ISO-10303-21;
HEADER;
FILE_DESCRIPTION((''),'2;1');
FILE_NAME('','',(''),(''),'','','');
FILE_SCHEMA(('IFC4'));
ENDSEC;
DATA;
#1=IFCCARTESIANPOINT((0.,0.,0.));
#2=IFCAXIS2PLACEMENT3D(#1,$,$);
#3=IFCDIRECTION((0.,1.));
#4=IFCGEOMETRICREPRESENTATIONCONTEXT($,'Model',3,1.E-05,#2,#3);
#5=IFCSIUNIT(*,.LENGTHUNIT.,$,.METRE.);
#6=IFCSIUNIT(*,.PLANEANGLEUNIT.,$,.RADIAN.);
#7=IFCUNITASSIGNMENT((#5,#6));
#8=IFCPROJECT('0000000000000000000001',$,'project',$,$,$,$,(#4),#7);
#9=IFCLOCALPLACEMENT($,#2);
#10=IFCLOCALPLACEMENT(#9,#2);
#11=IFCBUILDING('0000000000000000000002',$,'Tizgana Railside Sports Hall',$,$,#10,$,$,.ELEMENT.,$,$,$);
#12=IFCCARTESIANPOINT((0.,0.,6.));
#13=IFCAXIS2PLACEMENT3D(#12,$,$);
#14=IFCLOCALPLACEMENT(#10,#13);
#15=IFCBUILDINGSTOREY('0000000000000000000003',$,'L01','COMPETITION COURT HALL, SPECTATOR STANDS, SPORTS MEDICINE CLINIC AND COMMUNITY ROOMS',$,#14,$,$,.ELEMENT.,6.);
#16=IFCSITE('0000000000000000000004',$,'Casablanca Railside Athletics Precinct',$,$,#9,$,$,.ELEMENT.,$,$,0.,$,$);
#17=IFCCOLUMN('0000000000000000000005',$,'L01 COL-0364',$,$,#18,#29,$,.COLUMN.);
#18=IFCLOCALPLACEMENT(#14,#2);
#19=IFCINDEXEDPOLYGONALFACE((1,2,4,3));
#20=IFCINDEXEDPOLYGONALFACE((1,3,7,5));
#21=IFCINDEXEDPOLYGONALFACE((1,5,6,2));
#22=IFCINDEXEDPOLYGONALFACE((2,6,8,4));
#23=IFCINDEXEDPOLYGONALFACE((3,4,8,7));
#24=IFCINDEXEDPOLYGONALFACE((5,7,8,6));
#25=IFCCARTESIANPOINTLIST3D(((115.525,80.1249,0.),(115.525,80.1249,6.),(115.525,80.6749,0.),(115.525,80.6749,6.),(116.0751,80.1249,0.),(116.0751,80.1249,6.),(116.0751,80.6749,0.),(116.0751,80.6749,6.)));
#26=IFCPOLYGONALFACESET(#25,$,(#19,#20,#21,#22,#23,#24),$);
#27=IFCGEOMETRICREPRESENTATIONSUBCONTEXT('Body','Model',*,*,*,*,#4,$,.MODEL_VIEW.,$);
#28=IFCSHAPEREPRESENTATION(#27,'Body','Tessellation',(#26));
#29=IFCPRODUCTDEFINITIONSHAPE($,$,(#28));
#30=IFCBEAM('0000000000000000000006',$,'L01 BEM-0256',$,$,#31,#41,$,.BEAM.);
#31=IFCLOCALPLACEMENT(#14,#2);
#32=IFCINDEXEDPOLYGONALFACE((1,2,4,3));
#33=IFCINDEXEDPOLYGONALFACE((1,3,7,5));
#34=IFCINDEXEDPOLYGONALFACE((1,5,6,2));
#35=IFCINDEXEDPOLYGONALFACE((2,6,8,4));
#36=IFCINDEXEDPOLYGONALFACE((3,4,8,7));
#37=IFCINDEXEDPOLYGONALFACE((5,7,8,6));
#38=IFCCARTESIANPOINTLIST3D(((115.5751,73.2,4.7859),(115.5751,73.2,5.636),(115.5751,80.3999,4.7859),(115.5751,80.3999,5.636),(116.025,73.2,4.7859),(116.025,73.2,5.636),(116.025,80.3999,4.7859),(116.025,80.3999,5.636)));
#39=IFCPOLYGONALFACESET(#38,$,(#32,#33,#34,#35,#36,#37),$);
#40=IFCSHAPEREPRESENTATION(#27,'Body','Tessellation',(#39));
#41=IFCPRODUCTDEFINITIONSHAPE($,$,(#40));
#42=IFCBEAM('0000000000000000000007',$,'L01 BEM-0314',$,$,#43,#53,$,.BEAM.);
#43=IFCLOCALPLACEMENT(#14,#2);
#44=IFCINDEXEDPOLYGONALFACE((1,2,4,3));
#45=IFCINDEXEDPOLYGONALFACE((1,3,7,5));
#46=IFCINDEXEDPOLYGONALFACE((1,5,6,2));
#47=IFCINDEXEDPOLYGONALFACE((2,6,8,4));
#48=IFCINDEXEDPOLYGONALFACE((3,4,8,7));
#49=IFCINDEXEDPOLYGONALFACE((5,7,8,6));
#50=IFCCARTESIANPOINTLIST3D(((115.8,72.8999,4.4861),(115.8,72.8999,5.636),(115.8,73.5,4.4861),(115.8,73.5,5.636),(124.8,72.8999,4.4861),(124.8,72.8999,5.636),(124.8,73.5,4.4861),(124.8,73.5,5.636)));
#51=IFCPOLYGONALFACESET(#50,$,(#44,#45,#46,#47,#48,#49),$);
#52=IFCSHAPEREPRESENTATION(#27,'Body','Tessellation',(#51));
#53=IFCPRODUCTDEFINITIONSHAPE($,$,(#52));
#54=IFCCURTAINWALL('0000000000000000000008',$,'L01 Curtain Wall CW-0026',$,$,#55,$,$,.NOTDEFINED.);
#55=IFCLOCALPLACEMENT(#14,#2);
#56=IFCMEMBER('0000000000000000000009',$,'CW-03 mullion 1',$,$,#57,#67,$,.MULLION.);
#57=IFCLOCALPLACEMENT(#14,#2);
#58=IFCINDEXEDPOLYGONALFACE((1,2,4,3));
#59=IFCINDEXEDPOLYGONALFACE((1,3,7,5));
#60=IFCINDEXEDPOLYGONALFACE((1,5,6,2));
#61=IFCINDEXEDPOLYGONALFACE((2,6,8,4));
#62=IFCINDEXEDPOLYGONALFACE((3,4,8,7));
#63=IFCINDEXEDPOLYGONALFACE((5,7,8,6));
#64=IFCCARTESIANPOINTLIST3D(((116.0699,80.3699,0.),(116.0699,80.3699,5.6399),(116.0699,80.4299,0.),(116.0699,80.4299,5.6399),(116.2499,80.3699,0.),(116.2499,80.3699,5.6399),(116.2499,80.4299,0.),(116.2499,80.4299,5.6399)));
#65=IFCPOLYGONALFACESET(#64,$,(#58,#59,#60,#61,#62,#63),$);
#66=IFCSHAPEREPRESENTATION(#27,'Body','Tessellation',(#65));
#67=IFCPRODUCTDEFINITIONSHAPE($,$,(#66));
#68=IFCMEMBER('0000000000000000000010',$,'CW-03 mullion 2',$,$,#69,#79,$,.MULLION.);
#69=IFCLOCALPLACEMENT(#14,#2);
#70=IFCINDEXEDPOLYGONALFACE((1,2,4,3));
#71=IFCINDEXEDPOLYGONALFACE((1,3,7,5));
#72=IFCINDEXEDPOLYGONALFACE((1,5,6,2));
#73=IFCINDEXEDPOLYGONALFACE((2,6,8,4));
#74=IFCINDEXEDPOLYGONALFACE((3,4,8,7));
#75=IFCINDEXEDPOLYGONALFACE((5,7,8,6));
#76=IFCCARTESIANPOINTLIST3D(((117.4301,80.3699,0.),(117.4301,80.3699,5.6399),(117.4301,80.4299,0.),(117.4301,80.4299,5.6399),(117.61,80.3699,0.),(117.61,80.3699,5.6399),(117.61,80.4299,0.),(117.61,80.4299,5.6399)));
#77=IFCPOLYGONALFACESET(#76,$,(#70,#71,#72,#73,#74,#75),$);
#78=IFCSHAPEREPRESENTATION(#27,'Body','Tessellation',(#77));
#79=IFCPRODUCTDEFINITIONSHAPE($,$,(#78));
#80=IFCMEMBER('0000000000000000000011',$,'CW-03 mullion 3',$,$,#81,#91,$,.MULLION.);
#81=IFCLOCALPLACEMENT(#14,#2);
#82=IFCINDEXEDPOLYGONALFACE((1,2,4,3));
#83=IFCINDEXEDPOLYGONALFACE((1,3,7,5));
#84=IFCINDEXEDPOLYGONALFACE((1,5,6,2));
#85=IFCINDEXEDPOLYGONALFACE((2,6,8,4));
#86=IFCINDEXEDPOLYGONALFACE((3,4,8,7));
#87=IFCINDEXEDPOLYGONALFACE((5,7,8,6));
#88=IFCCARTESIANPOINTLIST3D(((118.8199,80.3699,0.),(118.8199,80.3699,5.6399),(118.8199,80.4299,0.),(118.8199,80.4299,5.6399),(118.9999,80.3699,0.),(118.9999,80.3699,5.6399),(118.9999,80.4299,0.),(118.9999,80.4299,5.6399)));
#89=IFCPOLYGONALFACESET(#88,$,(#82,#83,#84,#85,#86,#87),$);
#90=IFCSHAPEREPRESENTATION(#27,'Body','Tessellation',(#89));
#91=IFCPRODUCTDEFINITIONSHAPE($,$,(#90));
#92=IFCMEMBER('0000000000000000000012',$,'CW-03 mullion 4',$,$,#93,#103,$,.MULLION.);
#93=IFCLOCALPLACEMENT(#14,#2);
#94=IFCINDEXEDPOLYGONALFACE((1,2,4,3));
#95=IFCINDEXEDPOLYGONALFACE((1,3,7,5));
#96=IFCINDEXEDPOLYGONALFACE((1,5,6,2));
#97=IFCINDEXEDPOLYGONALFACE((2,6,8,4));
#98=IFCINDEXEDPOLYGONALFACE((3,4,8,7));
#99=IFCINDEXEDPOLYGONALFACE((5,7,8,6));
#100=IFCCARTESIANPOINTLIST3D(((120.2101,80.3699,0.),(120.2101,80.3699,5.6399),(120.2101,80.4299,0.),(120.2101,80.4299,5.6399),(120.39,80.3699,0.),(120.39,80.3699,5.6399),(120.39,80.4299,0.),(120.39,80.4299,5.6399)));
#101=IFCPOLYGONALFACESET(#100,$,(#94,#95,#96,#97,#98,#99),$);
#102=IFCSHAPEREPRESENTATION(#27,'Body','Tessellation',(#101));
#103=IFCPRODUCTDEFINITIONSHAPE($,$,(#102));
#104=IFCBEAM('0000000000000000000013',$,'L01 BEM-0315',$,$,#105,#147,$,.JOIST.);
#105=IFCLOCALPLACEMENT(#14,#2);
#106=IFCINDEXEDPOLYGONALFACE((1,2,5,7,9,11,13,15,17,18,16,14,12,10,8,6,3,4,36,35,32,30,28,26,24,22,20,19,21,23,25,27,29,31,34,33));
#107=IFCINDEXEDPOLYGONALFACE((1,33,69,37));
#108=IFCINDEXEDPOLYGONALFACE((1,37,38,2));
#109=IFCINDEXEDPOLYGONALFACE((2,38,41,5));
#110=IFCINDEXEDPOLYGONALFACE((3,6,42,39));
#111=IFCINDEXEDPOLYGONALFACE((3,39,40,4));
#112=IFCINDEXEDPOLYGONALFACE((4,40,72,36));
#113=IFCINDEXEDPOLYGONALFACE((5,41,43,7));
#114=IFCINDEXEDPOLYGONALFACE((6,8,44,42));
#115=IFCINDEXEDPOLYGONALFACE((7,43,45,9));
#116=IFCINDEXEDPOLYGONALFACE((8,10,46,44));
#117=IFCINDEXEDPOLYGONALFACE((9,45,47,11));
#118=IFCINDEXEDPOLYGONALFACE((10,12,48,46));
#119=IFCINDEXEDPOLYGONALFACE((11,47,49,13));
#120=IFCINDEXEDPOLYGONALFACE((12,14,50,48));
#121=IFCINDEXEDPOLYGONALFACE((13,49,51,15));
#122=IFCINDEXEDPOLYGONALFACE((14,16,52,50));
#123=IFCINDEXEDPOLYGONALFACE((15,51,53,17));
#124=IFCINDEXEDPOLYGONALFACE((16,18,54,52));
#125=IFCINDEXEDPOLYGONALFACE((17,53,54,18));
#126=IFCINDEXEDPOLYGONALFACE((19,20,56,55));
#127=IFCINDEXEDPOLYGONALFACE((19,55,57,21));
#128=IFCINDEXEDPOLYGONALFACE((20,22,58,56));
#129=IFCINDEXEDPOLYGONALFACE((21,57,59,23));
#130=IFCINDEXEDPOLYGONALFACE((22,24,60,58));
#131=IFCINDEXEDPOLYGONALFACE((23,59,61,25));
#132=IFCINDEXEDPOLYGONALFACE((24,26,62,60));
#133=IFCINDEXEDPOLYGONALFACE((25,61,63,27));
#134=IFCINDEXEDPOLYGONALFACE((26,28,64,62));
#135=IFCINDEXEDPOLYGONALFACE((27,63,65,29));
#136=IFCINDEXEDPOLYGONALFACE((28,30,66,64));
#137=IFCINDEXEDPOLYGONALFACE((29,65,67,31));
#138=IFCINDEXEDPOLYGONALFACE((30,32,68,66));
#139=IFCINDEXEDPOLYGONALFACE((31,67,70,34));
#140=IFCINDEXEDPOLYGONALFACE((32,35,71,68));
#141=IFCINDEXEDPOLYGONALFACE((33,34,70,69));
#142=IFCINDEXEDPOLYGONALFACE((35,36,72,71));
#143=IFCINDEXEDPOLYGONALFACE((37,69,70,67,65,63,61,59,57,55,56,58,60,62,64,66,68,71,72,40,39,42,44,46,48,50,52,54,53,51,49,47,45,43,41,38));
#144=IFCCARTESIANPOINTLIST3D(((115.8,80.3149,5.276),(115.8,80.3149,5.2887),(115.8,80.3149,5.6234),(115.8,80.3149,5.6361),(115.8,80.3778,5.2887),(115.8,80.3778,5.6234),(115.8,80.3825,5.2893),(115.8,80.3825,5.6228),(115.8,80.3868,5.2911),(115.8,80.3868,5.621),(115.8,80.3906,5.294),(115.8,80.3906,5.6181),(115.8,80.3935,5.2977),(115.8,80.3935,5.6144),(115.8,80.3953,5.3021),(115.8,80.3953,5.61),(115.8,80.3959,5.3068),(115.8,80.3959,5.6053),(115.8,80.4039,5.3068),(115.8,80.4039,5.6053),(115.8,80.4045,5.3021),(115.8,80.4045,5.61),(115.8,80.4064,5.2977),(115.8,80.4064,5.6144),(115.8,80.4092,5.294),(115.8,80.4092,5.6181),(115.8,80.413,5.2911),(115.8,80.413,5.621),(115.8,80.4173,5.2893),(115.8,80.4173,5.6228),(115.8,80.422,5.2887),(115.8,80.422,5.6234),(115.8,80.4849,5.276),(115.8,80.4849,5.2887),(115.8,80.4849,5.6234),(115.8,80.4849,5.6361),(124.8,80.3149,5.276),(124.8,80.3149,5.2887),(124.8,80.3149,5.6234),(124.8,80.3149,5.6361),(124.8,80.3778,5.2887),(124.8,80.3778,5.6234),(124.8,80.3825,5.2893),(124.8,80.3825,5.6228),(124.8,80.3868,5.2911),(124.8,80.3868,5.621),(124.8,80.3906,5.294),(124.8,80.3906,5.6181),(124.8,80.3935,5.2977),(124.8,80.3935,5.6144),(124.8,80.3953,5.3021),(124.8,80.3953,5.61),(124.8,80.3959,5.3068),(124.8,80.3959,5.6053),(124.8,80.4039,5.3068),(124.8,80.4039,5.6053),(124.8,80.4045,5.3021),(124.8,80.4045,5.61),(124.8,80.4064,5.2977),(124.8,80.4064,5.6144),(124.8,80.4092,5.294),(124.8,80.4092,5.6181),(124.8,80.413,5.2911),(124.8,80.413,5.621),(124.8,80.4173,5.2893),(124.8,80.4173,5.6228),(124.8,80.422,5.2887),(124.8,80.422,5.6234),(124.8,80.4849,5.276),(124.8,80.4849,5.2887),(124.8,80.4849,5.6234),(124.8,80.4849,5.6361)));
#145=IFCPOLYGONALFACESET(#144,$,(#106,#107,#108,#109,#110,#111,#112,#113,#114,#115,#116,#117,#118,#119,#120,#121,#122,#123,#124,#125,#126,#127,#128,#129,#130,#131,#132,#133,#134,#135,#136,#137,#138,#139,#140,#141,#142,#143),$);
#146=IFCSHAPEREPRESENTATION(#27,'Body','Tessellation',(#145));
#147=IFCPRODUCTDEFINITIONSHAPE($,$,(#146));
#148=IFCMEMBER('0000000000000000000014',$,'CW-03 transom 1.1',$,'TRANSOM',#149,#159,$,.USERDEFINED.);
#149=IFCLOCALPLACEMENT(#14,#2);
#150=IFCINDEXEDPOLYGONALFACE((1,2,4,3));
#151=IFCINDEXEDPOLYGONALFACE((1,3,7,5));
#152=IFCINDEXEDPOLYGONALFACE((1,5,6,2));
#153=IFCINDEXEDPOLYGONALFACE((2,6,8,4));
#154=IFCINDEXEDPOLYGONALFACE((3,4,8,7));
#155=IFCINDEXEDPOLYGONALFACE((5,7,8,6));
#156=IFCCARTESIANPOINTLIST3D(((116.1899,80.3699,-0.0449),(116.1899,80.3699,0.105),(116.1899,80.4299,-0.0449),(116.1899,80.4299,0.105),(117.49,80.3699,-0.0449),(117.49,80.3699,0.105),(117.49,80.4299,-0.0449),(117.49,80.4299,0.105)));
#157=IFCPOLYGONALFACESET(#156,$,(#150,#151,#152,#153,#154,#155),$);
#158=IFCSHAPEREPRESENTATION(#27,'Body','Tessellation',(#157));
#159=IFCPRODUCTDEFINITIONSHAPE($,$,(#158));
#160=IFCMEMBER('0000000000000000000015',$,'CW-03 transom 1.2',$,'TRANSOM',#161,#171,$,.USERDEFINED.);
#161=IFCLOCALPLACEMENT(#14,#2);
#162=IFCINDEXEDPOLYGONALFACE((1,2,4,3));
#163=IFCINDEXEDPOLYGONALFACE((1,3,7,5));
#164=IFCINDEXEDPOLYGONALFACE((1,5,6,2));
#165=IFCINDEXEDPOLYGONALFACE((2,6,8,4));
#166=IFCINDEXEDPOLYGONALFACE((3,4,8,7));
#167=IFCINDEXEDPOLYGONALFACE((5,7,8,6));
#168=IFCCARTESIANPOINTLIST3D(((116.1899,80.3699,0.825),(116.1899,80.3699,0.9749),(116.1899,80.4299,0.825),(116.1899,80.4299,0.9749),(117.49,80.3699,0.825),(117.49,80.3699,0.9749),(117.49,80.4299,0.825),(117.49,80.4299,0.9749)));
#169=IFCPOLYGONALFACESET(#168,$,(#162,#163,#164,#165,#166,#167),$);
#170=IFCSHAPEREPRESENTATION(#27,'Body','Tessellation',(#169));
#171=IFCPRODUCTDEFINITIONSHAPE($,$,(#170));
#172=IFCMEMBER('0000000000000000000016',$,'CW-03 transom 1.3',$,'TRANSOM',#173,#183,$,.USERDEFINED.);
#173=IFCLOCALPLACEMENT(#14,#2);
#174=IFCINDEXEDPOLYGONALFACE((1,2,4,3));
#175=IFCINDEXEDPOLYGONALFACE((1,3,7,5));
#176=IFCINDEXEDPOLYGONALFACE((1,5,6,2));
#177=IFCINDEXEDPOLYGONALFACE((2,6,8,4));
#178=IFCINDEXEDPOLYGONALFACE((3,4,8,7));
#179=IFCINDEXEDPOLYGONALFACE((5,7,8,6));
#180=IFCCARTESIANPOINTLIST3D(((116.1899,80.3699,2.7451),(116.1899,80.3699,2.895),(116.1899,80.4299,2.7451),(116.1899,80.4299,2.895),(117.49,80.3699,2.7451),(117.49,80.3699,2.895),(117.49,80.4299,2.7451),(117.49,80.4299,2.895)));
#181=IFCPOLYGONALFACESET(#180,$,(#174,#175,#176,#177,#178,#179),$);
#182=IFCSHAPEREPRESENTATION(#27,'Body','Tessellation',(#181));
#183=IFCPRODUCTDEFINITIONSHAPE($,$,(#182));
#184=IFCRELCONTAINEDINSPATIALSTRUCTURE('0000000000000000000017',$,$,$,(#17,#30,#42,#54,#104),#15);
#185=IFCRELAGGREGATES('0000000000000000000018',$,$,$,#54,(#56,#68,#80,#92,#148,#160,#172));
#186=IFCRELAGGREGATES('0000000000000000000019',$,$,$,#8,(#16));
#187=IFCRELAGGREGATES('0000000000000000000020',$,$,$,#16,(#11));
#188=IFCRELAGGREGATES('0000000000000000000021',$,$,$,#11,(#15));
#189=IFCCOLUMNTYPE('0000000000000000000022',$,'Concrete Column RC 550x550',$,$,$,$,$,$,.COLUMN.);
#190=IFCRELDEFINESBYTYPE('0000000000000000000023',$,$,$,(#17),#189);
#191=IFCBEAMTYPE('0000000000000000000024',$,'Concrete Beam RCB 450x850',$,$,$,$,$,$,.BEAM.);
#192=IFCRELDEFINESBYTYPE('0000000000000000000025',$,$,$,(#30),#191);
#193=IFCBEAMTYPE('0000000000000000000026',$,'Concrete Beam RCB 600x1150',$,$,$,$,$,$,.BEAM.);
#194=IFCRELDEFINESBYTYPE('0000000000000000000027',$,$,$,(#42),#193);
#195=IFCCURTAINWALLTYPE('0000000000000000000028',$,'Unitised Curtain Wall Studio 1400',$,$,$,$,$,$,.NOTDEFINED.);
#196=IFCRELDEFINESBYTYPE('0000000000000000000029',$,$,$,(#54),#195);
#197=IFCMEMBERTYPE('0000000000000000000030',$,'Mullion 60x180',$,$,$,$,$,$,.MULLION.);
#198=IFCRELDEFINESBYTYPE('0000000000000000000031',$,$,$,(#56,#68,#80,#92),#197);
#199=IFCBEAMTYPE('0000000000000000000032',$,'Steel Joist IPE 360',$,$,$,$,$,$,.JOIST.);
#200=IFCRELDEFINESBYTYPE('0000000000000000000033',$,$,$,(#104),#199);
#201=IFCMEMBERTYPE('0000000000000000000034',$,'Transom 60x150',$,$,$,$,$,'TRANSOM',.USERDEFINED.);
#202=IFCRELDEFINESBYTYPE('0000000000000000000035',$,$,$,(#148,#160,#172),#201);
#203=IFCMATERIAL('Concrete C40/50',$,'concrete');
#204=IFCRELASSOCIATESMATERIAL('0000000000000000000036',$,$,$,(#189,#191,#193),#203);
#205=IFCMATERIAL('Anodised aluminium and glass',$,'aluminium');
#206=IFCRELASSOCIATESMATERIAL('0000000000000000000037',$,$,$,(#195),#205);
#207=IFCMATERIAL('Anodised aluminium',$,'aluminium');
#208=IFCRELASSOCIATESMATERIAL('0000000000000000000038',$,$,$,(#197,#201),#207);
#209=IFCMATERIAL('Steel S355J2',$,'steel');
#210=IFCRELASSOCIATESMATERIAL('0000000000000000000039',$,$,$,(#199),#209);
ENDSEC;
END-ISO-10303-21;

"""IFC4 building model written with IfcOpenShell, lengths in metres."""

from ifc_helpers import new_model, si_unit, direction, frame, origin, origin_2d, place, context, subcontext, project, spatial, rectangle, i_section, extrude, material, material_profile, profile_set, type_object, element, aggregate, save


model = new_model("IFC4")

# Units and contexts
model_context = context("Model", 3, precision=1e-05, world=origin(), true_north=direction((0.0, 1.0)))
body_context = subcontext(model_context, "Body", "Model", "MODEL_VIEW")
ifc_project = project(units=[si_unit("LENGTHUNIT", "METRE"), si_unit("PLANEANGLEUNIT", "RADIAN")], contexts=[model_context])

# Site, building, storey
site_placement = place(None, origin())
site = spatial("IfcSite", under=ifc_project, at=site_placement, Name="Casablanca Railside Athletics Precinct", CompositionType="ELEMENT", RefElevation=0.0)
building_placement = place(site_placement, origin())
building = spatial("IfcBuilding", under=site, at=building_placement, Name="Tizgana Railside Sports Hall", CompositionType="ELEMENT")
storey_placement = place(building_placement, frame((0.0, 0.0, 6.0)))
storey = spatial("IfcBuildingStorey", under=building, at=storey_placement, Name="L01", Description="COMPETITION COURT HALL, SPECTATOR STANDS, SPORTS MEDICINE CLINIC AND COMMUNITY ROOMS", CompositionType="ELEMENT", Elevation=6.0)

# Column
ifc_material_1 = material(Name="Concrete C40/50", Category="concrete")
ifc_material_profile_1 = material_profile(ifc_material_1, rectangle(XDim=0.55, YDim=0.55, at=origin_2d()), Name="RC 550x550")
ifc_profile_set_1 = profile_set([ifc_material_profile_1], Name="Concrete C40/50")
column_type = type_object("IfcColumnType", Name="Concrete Column RC 550x550", PredefinedType="COLUMN", material=ifc_profile_set_1)
column_placement = place(storey_placement, frame((115.8, 80.3999, 0.0), z_axis=(0.0, 0.0, 1.0), x_axis=(1.0, 0.0, 0.0)))
element("IfcColumn", 1, at=column_placement, inside=storey, type_object=column_type, Name="L01 COL-0364", PredefinedType="COLUMN", context=body_context, shape_type="SweptSolid", body=[
    extrude(rectangle(XDim=0.55, YDim=0.55, at=origin_2d()), origin(), (0.0, 0.0, 1.0), 6.0),
])

# Beams
ifc_material_profile_2 = material_profile(ifc_material_1, rectangle(XDim=0.45, YDim=0.8501, at=origin_2d()), Name="RCB 450x850")
ifc_profile_set_2 = profile_set([ifc_material_profile_2], Name="Concrete C40/50")
beam_type_1 = type_object("IfcBeamType", Name="Concrete Beam RCB 450x850", PredefinedType="BEAM", material=ifc_profile_set_2)
beam_1_placement = place(storey_placement, frame((115.8, 73.2, 5.2109), z_axis=(0.0, 1.0, 0.0), x_axis=(-1.0, 0.0, 0.0)))
element("IfcBeam", 2, at=beam_1_placement, inside=storey, type_object=beam_type_1, Name="L01 BEM-0256", PredefinedType="BEAM", context=body_context, shape_type="SweptSolid", body=[
    extrude(rectangle(XDim=0.45, YDim=0.8501, at=origin_2d()), origin(), (0.0, 0.0, 1.0), 7.2),
])
ifc_material_profile_3 = material_profile(ifc_material_1, rectangle(XDim=0.6001, YDim=1.1499, at=origin_2d()), Name="RCB 600x1150")
ifc_profile_set_3 = profile_set([ifc_material_profile_3], Name="Concrete C40/50")
beam_type_2 = type_object("IfcBeamType", Name="Concrete Beam RCB 600x1150", PredefinedType="BEAM", material=ifc_profile_set_3)
beam_2_placement = place(storey_placement, frame((115.8, 73.2, 5.061), z_axis=(1.0, 0.0, 0.0), x_axis=(0.0, 1.0, 0.0)))
element("IfcBeam", 3, at=beam_2_placement, inside=storey, type_object=beam_type_2, Name="L01 BEM-0314", PredefinedType="BEAM", context=body_context, shape_type="SweptSolid", body=[
    extrude(rectangle(XDim=0.6001, YDim=1.1499, at=origin_2d()), origin(), (0.0, 0.0, 1.0), 9.0),
])

# Curtain wall, members
ifc_material_2 = material(Name="Anodised aluminium and glass", Category="aluminium")
curtain_wall_type = type_object("IfcCurtainWallType", Name="Unitised Curtain Wall Studio 1400", PredefinedType="NOTDEFINED", material=ifc_material_2)
curtain_wall_placement = place(storey_placement, origin())
curtain_wall = element("IfcCurtainWall", 4, at=curtain_wall_placement, inside=storey, type_object=curtain_wall_type, Name="L01 Curtain Wall CW-0026", PredefinedType="NOTDEFINED")
ifc_material_3 = material(Name="Anodised aluminium", Category="aluminium")
ifc_material_profile_4 = material_profile(ifc_material_3, rectangle(XDim=0.0601, YDim=0.1799, at=origin_2d()), Name="Mullion 60x180")
ifc_profile_set_4 = profile_set([ifc_material_profile_4], Name="Anodised aluminium")
member_type_1 = type_object("IfcMemberType", Name="Mullion 60x180", PredefinedType="MULLION", material=ifc_profile_set_4)
member_1_placement = place(storey_placement, frame((116.1599, 80.3999, 0.0), z_axis=(0.0, 0.0, 1.0), x_axis=(0.0, 1.0, 0.0)))
member_1 = element("IfcMember", 5, at=member_1_placement, type_object=member_type_1, Name="CW-03 mullion 1", PredefinedType="MULLION", context=body_context, shape_type="SweptSolid", body=[
    extrude(rectangle(XDim=0.0601, YDim=0.1799, at=origin_2d()), origin(), (0.0, 0.0, 1.0), 5.6399),
])
member_2_placement = place(storey_placement, frame((117.52, 80.3999, 0.0), z_axis=(0.0, 0.0, 1.0), x_axis=(0.0, 1.0, 0.0)))
member_2 = element("IfcMember", 6, at=member_2_placement, type_object=member_type_1, Name="CW-03 mullion 2", PredefinedType="MULLION", context=body_context, shape_type="SweptSolid", body=[
    extrude(rectangle(XDim=0.0601, YDim=0.1799, at=origin_2d()), origin(), (0.0, 0.0, 1.0), 5.6399),
])
member_3_placement = place(storey_placement, frame((118.9099, 80.3999, 0.0), z_axis=(0.0, 0.0, 1.0), x_axis=(0.0, 1.0, 0.0)))
member_3 = element("IfcMember", 7, at=member_3_placement, type_object=member_type_1, Name="CW-03 mullion 3", PredefinedType="MULLION", context=body_context, shape_type="SweptSolid", body=[
    extrude(rectangle(XDim=0.0601, YDim=0.1799, at=origin_2d()), origin(), (0.0, 0.0, 1.0), 5.6399),
])
member_4_placement = place(storey_placement, frame((120.3, 80.3999, 0.0), z_axis=(0.0, 0.0, 1.0), x_axis=(0.0, 1.0, 0.0)))
member_4 = element("IfcMember", 8, at=member_4_placement, type_object=member_type_1, Name="CW-03 mullion 4", PredefinedType="MULLION", context=body_context, shape_type="SweptSolid", body=[
    extrude(rectangle(XDim=0.0601, YDim=0.1799, at=origin_2d()), origin(), (0.0, 0.0, 1.0), 5.6399),
])

# Beam
ifc_material_4 = material(Name="Steel S355J2", Category="steel")
ifc_material_profile_5 = material_profile(ifc_material_4, i_section(OverallWidth=0.1699, OverallDepth=0.3601, WebThickness=0.0081, FlangeThickness=0.0127, FilletRadius=0.0181, at=origin_2d()), Name="IPE 360")
ifc_profile_set_5 = profile_set([ifc_material_profile_5], Name="Steel S355J2")
beam_type_3 = type_object("IfcBeamType", Name="Steel Joist IPE 360", PredefinedType="JOIST", material=ifc_profile_set_5)
beam_3_placement = place(storey_placement, frame((115.8, 80.3999, 5.4561), z_axis=(1.0, 0.0, 0.0), x_axis=(0.0, 1.0, 0.0)))
element("IfcBeam", 9, at=beam_3_placement, inside=storey, type_object=beam_type_3, Name="L01 BEM-0315", PredefinedType="JOIST", context=body_context, shape_type="SweptSolid", body=[
    extrude(i_section(OverallWidth=0.1699, OverallDepth=0.3601, WebThickness=0.0081, FlangeThickness=0.0127, FilletRadius=0.0181, at=origin_2d()), origin(), (0.0, 0.0, 1.0), 9.0),
])

# Members
ifc_material_profile_6 = material_profile(ifc_material_3, rectangle(XDim=0.0601, YDim=0.1499, at=origin_2d()), Name="Transom 60x150")
ifc_profile_set_6 = profile_set([ifc_material_profile_6], Name="Anodised aluminium")
member_type_2 = type_object("IfcMemberType", Name="Transom 60x150", ElementType="TRANSOM", PredefinedType="USERDEFINED", material=ifc_profile_set_6)
member_5_placement = place(storey_placement, frame((116.1899, 80.3999, 0.03), z_axis=(1.0, 0.0, 0.0), x_axis=(0.0, 1.0, 0.0)))
member_5 = element("IfcMember", 10, at=member_5_placement, type_object=member_type_2, Name="CW-03 transom 1.1", ObjectType="TRANSOM", PredefinedType="USERDEFINED", context=body_context, shape_type="SweptSolid", body=[
    extrude(rectangle(XDim=0.0601, YDim=0.1499, at=origin_2d()), origin(), (0.0, 0.0, 1.0), 1.3),
])
member_6_placement = place(storey_placement, frame((116.1899, 80.3999, 0.8999), z_axis=(1.0, 0.0, 0.0), x_axis=(0.0, 1.0, 0.0)))
member_6 = element("IfcMember", 11, at=member_6_placement, type_object=member_type_2, Name="CW-03 transom 1.2", ObjectType="TRANSOM", PredefinedType="USERDEFINED", context=body_context, shape_type="SweptSolid", body=[
    extrude(rectangle(XDim=0.0601, YDim=0.1499, at=origin_2d()), origin(), (0.0, 0.0, 1.0), 1.3),
])
member_7_placement = place(storey_placement, frame((116.1899, 80.3999, 2.8201), z_axis=(1.0, 0.0, 0.0), x_axis=(0.0, 1.0, 0.0)))
member_7 = element("IfcMember", 12, at=member_7_placement, type_object=member_type_2, Name="CW-03 transom 1.3", ObjectType="TRANSOM", PredefinedType="USERDEFINED", context=body_context, shape_type="SweptSolid", body=[
    extrude(rectangle(XDim=0.0601, YDim=0.1499, at=origin_2d()), origin(), (0.0, 0.0, 1.0), 1.3),
])

aggregate(curtain_wall, [member_1, member_2, member_3, member_4, member_5, member_6, member_7])

save(model, "model.ifc")
